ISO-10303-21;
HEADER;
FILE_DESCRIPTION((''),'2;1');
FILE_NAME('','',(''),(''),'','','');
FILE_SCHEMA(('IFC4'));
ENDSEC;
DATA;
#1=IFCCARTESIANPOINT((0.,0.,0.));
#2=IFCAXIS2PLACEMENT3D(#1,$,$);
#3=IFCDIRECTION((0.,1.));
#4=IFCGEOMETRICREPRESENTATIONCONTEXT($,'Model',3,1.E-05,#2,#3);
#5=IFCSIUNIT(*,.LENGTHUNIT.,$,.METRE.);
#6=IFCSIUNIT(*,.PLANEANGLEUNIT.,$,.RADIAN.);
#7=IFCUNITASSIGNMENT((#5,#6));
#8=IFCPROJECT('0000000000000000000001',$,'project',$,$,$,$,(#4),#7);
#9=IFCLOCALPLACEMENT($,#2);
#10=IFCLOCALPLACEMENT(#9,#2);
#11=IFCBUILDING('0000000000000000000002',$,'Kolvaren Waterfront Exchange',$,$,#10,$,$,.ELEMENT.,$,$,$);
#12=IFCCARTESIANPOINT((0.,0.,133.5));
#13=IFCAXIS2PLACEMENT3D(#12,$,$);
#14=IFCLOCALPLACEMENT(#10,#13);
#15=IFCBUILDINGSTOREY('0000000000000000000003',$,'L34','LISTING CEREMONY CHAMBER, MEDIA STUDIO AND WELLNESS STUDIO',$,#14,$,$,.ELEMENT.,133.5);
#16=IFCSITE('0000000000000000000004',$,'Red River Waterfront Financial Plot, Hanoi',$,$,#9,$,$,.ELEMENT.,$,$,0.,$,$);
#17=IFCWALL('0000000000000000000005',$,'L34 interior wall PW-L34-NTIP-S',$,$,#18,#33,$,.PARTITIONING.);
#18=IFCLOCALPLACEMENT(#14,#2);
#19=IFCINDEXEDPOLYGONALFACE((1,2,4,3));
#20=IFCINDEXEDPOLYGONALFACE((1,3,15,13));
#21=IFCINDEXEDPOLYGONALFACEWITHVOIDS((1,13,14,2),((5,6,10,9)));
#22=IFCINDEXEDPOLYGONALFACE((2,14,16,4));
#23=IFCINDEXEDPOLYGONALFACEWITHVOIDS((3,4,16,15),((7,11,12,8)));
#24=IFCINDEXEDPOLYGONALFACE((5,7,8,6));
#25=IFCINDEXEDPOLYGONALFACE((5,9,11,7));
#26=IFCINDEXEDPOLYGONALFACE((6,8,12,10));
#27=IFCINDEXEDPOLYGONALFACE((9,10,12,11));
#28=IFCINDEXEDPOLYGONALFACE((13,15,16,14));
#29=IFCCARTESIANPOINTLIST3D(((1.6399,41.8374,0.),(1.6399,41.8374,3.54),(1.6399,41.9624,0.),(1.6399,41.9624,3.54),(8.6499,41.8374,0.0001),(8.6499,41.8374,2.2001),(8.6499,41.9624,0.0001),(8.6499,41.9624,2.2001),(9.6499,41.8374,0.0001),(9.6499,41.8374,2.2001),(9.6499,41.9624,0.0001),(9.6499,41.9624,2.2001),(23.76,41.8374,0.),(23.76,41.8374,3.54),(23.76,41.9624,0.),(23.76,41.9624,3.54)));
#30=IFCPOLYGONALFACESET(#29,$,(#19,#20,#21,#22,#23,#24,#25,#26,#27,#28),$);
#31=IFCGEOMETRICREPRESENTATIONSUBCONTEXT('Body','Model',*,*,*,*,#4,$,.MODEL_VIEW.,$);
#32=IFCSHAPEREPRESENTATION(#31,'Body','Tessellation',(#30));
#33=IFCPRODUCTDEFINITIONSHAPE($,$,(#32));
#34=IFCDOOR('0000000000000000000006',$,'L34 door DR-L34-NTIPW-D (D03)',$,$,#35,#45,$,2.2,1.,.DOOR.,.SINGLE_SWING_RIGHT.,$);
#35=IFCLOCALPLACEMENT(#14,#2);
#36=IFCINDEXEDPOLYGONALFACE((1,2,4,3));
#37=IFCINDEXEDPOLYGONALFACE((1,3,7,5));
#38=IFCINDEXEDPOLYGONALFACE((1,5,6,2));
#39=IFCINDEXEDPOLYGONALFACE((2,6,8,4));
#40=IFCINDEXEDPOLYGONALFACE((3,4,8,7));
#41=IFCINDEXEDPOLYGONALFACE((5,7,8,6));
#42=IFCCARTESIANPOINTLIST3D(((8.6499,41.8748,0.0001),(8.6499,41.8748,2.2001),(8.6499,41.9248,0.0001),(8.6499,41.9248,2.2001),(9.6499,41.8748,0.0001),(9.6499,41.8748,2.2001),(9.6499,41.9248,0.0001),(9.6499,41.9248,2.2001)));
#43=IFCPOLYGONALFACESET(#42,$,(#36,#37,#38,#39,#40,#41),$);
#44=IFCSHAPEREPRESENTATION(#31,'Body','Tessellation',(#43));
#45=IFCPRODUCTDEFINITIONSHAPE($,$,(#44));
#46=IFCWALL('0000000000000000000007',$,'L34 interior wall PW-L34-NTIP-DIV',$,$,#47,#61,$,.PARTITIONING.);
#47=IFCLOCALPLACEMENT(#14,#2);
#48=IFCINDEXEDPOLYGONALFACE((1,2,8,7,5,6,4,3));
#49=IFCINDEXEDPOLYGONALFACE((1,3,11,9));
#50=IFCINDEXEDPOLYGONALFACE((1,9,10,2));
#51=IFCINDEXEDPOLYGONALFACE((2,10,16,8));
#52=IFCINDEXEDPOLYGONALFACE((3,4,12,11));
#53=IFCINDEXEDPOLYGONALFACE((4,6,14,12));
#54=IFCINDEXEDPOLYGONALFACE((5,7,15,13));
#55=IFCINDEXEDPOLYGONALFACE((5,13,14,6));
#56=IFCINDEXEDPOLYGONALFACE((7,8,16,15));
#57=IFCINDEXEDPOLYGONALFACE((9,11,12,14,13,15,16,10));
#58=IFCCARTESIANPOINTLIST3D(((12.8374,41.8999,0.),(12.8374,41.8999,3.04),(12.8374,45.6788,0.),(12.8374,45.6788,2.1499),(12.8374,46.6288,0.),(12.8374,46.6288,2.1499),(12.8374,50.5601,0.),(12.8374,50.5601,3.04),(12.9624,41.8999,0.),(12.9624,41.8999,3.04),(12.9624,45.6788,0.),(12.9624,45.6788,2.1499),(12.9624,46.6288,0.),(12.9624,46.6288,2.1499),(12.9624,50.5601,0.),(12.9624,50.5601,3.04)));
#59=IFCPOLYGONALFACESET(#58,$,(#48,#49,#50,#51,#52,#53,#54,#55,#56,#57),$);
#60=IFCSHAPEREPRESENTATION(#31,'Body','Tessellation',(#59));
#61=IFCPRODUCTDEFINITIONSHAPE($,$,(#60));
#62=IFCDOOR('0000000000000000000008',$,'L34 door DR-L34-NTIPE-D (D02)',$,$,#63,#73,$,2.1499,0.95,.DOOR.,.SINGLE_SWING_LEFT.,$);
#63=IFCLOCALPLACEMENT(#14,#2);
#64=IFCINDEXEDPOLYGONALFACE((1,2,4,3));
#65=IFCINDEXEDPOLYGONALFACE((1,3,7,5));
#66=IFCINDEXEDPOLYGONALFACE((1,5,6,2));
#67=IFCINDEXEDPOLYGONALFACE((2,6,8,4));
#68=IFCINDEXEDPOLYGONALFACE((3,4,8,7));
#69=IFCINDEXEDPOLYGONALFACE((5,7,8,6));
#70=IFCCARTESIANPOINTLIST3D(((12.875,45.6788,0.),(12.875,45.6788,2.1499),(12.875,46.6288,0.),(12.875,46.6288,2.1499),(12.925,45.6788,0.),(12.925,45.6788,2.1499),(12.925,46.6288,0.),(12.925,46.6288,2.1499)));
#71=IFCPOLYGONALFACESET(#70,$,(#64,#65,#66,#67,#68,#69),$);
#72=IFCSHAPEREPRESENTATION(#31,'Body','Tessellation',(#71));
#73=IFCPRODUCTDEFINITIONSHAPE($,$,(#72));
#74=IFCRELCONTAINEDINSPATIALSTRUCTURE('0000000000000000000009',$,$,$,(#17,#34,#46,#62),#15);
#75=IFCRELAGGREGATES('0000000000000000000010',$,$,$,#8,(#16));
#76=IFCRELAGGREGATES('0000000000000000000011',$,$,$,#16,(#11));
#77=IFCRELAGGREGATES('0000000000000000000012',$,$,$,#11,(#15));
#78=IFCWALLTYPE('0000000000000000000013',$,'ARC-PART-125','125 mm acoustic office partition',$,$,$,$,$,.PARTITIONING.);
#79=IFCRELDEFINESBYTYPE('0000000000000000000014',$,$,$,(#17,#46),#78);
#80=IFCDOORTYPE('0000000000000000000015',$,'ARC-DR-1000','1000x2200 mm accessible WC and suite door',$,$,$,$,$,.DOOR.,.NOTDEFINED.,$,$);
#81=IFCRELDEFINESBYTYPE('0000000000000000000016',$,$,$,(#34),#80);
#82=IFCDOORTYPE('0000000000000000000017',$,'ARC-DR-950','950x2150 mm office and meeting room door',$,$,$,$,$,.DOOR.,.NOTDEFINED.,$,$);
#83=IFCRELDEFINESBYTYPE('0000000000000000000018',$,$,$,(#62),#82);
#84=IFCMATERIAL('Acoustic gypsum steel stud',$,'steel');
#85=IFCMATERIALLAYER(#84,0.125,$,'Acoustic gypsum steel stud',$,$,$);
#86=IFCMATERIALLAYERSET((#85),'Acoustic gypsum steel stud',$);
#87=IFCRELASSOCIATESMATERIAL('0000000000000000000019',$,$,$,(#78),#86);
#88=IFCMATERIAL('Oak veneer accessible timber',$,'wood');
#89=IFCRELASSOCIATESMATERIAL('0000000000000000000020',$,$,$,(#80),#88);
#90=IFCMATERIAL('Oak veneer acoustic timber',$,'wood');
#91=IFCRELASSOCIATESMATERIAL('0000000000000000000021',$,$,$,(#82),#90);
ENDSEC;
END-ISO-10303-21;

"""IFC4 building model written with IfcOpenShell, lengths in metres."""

from ifc_helpers import new_model, si_unit, direction, frame, frame_2d, origin, place, context, subcontext, project, spatial, rectangle, extrude, material, layer, layer_set, type_object, element, fill, save


model = new_model("IFC4")

# Units and contexts
model_context = context("Model", 3, precision=1e-05, world=origin(), true_north=direction((0.0, 1.0)))
body_context = subcontext(model_context, "Body", "Model", "MODEL_VIEW")
ifc_project = project(units=[si_unit("LENGTHUNIT", "METRE"), si_unit("PLANEANGLEUNIT", "RADIAN")], contexts=[model_context])

# Site, building, storey
site_placement = place(None, origin())
site = spatial("IfcSite", under=ifc_project, at=site_placement, Name="Red River Waterfront Financial Plot, Hanoi", CompositionType="ELEMENT", RefElevation=0.0)
building_placement = place(site_placement, origin())
building = spatial("IfcBuilding", under=site, at=building_placement, Name="Kolvaren Waterfront Exchange", CompositionType="ELEMENT")
storey_placement = place(building_placement, frame((0.0, 0.0, 133.5)))
storey = spatial("IfcBuildingStorey", under=building, at=storey_placement, Name="L34", Description="LISTING CEREMONY CHAMBER, MEDIA STUDIO AND WELLNESS STUDIO", CompositionType="ELEMENT", Elevation=133.5)

# Walls, openings, doors
ifc_material_1 = material(Name="Acoustic gypsum steel stud", Category="steel")
ifc_layer_1 = layer(ifc_material_1, 0.125, Name="Acoustic gypsum steel stud")
ifc_layer_set_1 = layer_set([ifc_layer_1], Name="Acoustic gypsum steel stud")
wall_type_1 = type_object("IfcWallType", Name="ARC-PART-125", Description="125 mm acoustic office partition", PredefinedType="PARTITIONING", material=ifc_layer_set_1)
wall_1_placement = place(storey_placement, frame((1.6399, 41.8999, 0.0), z_axis=(0.0, 0.0, 1.0), x_axis=(1.0, 0.0, 0.0)))
wall_1 = element("IfcWall", 1, at=wall_1_placement, inside=storey, type_object=wall_type_1, Name="L34 interior wall PW-L34-NTIP-S", PredefinedType="PARTITIONING", context=body_context, shape_type="SweptSolid", body=[
    extrude(rectangle(XDim=22.1201, YDim=0.125, at=frame_2d((11.0601, 0.0))), origin(), (0.0, 0.0, 1.0), 3.54),
])
opening_1_placement = place(wall_1_placement, frame((7.01, 0.0, 0.0)))
opening_1 = element("IfcOpeningElement", 2, at=opening_1_placement, cuts=wall_1, PredefinedType="OPENING", context=body_context, shape_type="SweptSolid", body=[
    extrude(rectangle(XDim=1.0, YDim=2.2, at=frame_2d((0.5, 1.1001))), frame((0.0, 0.0725, 0.0), z_axis=(0.0, -1.0, 0.0), x_axis=(1.0, 0.0, 0.0)), (0.0, 0.0, 1.0), 0.145),
])
ifc_material_2 = material(Name="Oak veneer accessible timber", Category="wood")
door_type_1 = type_object("IfcDoorType", Name="ARC-DR-1000", Description="1000x2200 mm accessible WC and suite door", OperationType="NOTDEFINED", PredefinedType="DOOR", material=ifc_material_2)
door_1_placement = place(opening_1_placement, origin())
door_1 = element("IfcDoor", 3, at=door_1_placement, inside=storey, type_object=door_type_1, Name="L34 door DR-L34-NTIPW-D (D03)", OperationType="SINGLE_SWING_RIGHT", OverallHeight=2.2, OverallWidth=1.0, PredefinedType="DOOR", context=body_context, shape_type="SweptSolid", body=[
    extrude(rectangle(XDim=1.0, YDim=2.2, at=frame_2d((0.5, 1.1001))), frame((0.0, 0.0249, 0.0), z_axis=(0.0, -1.0, 0.0), x_axis=(1.0, 0.0, 0.0)), (0.0, 0.0, 1.0), 0.05),
])
fill(opening_1, door_1)
wall_2_placement = place(storey_placement, frame((12.8999, 41.8999, 0.0), z_axis=(0.0, 0.0, 1.0), x_axis=(0.0, 1.0, 0.0)))
wall_2 = element("IfcWall", 4, at=wall_2_placement, inside=storey, type_object=wall_type_1, Name="L34 interior wall PW-L34-NTIP-DIV", PredefinedType="PARTITIONING", context=body_context, shape_type="SweptSolid", body=[
    extrude(rectangle(XDim=8.6602, YDim=0.125, at=frame_2d((4.3301, 0.0))), origin(), (0.0, 0.0, 1.0), 3.04),
])
opening_2_placement = place(wall_2_placement, frame((3.7788, 0.0, 0.0)))
opening_2 = element("IfcOpeningElement", 5, at=opening_2_placement, cuts=wall_2, PredefinedType="OPENING", context=body_context, shape_type="SweptSolid", body=[
    extrude(rectangle(XDim=0.95, YDim=2.1499, at=frame_2d((0.4751, 1.075))), frame((0.0, 0.0725, 0.0), z_axis=(0.0, -1.0, 0.0), x_axis=(1.0, 0.0, 0.0)), (0.0, 0.0, 1.0), 0.145),
])
ifc_material_3 = material(Name="Oak veneer acoustic timber", Category="wood")
door_type_2 = type_object("IfcDoorType", Name="ARC-DR-950", Description="950x2150 mm office and meeting room door", OperationType="NOTDEFINED", PredefinedType="DOOR", material=ifc_material_3)
door_2_placement = place(opening_2_placement, origin())
door_2 = element("IfcDoor", 6, at=door_2_placement, inside=storey, type_object=door_type_2, Name="L34 door DR-L34-NTIPE-D (D02)", OperationType="SINGLE_SWING_LEFT", OverallHeight=2.1499, OverallWidth=0.95, PredefinedType="DOOR", context=body_context, shape_type="SweptSolid", body=[
    extrude(rectangle(XDim=0.95, YDim=2.1499, at=frame_2d((0.4751, 1.075))), frame((0.0, 0.0249, 0.0), z_axis=(0.0, -1.0, 0.0), x_axis=(1.0, 0.0, 0.0)), (0.0, 0.0, 1.0), 0.05),
])
fill(opening_2, door_2)

save(model, "model.ifc")
